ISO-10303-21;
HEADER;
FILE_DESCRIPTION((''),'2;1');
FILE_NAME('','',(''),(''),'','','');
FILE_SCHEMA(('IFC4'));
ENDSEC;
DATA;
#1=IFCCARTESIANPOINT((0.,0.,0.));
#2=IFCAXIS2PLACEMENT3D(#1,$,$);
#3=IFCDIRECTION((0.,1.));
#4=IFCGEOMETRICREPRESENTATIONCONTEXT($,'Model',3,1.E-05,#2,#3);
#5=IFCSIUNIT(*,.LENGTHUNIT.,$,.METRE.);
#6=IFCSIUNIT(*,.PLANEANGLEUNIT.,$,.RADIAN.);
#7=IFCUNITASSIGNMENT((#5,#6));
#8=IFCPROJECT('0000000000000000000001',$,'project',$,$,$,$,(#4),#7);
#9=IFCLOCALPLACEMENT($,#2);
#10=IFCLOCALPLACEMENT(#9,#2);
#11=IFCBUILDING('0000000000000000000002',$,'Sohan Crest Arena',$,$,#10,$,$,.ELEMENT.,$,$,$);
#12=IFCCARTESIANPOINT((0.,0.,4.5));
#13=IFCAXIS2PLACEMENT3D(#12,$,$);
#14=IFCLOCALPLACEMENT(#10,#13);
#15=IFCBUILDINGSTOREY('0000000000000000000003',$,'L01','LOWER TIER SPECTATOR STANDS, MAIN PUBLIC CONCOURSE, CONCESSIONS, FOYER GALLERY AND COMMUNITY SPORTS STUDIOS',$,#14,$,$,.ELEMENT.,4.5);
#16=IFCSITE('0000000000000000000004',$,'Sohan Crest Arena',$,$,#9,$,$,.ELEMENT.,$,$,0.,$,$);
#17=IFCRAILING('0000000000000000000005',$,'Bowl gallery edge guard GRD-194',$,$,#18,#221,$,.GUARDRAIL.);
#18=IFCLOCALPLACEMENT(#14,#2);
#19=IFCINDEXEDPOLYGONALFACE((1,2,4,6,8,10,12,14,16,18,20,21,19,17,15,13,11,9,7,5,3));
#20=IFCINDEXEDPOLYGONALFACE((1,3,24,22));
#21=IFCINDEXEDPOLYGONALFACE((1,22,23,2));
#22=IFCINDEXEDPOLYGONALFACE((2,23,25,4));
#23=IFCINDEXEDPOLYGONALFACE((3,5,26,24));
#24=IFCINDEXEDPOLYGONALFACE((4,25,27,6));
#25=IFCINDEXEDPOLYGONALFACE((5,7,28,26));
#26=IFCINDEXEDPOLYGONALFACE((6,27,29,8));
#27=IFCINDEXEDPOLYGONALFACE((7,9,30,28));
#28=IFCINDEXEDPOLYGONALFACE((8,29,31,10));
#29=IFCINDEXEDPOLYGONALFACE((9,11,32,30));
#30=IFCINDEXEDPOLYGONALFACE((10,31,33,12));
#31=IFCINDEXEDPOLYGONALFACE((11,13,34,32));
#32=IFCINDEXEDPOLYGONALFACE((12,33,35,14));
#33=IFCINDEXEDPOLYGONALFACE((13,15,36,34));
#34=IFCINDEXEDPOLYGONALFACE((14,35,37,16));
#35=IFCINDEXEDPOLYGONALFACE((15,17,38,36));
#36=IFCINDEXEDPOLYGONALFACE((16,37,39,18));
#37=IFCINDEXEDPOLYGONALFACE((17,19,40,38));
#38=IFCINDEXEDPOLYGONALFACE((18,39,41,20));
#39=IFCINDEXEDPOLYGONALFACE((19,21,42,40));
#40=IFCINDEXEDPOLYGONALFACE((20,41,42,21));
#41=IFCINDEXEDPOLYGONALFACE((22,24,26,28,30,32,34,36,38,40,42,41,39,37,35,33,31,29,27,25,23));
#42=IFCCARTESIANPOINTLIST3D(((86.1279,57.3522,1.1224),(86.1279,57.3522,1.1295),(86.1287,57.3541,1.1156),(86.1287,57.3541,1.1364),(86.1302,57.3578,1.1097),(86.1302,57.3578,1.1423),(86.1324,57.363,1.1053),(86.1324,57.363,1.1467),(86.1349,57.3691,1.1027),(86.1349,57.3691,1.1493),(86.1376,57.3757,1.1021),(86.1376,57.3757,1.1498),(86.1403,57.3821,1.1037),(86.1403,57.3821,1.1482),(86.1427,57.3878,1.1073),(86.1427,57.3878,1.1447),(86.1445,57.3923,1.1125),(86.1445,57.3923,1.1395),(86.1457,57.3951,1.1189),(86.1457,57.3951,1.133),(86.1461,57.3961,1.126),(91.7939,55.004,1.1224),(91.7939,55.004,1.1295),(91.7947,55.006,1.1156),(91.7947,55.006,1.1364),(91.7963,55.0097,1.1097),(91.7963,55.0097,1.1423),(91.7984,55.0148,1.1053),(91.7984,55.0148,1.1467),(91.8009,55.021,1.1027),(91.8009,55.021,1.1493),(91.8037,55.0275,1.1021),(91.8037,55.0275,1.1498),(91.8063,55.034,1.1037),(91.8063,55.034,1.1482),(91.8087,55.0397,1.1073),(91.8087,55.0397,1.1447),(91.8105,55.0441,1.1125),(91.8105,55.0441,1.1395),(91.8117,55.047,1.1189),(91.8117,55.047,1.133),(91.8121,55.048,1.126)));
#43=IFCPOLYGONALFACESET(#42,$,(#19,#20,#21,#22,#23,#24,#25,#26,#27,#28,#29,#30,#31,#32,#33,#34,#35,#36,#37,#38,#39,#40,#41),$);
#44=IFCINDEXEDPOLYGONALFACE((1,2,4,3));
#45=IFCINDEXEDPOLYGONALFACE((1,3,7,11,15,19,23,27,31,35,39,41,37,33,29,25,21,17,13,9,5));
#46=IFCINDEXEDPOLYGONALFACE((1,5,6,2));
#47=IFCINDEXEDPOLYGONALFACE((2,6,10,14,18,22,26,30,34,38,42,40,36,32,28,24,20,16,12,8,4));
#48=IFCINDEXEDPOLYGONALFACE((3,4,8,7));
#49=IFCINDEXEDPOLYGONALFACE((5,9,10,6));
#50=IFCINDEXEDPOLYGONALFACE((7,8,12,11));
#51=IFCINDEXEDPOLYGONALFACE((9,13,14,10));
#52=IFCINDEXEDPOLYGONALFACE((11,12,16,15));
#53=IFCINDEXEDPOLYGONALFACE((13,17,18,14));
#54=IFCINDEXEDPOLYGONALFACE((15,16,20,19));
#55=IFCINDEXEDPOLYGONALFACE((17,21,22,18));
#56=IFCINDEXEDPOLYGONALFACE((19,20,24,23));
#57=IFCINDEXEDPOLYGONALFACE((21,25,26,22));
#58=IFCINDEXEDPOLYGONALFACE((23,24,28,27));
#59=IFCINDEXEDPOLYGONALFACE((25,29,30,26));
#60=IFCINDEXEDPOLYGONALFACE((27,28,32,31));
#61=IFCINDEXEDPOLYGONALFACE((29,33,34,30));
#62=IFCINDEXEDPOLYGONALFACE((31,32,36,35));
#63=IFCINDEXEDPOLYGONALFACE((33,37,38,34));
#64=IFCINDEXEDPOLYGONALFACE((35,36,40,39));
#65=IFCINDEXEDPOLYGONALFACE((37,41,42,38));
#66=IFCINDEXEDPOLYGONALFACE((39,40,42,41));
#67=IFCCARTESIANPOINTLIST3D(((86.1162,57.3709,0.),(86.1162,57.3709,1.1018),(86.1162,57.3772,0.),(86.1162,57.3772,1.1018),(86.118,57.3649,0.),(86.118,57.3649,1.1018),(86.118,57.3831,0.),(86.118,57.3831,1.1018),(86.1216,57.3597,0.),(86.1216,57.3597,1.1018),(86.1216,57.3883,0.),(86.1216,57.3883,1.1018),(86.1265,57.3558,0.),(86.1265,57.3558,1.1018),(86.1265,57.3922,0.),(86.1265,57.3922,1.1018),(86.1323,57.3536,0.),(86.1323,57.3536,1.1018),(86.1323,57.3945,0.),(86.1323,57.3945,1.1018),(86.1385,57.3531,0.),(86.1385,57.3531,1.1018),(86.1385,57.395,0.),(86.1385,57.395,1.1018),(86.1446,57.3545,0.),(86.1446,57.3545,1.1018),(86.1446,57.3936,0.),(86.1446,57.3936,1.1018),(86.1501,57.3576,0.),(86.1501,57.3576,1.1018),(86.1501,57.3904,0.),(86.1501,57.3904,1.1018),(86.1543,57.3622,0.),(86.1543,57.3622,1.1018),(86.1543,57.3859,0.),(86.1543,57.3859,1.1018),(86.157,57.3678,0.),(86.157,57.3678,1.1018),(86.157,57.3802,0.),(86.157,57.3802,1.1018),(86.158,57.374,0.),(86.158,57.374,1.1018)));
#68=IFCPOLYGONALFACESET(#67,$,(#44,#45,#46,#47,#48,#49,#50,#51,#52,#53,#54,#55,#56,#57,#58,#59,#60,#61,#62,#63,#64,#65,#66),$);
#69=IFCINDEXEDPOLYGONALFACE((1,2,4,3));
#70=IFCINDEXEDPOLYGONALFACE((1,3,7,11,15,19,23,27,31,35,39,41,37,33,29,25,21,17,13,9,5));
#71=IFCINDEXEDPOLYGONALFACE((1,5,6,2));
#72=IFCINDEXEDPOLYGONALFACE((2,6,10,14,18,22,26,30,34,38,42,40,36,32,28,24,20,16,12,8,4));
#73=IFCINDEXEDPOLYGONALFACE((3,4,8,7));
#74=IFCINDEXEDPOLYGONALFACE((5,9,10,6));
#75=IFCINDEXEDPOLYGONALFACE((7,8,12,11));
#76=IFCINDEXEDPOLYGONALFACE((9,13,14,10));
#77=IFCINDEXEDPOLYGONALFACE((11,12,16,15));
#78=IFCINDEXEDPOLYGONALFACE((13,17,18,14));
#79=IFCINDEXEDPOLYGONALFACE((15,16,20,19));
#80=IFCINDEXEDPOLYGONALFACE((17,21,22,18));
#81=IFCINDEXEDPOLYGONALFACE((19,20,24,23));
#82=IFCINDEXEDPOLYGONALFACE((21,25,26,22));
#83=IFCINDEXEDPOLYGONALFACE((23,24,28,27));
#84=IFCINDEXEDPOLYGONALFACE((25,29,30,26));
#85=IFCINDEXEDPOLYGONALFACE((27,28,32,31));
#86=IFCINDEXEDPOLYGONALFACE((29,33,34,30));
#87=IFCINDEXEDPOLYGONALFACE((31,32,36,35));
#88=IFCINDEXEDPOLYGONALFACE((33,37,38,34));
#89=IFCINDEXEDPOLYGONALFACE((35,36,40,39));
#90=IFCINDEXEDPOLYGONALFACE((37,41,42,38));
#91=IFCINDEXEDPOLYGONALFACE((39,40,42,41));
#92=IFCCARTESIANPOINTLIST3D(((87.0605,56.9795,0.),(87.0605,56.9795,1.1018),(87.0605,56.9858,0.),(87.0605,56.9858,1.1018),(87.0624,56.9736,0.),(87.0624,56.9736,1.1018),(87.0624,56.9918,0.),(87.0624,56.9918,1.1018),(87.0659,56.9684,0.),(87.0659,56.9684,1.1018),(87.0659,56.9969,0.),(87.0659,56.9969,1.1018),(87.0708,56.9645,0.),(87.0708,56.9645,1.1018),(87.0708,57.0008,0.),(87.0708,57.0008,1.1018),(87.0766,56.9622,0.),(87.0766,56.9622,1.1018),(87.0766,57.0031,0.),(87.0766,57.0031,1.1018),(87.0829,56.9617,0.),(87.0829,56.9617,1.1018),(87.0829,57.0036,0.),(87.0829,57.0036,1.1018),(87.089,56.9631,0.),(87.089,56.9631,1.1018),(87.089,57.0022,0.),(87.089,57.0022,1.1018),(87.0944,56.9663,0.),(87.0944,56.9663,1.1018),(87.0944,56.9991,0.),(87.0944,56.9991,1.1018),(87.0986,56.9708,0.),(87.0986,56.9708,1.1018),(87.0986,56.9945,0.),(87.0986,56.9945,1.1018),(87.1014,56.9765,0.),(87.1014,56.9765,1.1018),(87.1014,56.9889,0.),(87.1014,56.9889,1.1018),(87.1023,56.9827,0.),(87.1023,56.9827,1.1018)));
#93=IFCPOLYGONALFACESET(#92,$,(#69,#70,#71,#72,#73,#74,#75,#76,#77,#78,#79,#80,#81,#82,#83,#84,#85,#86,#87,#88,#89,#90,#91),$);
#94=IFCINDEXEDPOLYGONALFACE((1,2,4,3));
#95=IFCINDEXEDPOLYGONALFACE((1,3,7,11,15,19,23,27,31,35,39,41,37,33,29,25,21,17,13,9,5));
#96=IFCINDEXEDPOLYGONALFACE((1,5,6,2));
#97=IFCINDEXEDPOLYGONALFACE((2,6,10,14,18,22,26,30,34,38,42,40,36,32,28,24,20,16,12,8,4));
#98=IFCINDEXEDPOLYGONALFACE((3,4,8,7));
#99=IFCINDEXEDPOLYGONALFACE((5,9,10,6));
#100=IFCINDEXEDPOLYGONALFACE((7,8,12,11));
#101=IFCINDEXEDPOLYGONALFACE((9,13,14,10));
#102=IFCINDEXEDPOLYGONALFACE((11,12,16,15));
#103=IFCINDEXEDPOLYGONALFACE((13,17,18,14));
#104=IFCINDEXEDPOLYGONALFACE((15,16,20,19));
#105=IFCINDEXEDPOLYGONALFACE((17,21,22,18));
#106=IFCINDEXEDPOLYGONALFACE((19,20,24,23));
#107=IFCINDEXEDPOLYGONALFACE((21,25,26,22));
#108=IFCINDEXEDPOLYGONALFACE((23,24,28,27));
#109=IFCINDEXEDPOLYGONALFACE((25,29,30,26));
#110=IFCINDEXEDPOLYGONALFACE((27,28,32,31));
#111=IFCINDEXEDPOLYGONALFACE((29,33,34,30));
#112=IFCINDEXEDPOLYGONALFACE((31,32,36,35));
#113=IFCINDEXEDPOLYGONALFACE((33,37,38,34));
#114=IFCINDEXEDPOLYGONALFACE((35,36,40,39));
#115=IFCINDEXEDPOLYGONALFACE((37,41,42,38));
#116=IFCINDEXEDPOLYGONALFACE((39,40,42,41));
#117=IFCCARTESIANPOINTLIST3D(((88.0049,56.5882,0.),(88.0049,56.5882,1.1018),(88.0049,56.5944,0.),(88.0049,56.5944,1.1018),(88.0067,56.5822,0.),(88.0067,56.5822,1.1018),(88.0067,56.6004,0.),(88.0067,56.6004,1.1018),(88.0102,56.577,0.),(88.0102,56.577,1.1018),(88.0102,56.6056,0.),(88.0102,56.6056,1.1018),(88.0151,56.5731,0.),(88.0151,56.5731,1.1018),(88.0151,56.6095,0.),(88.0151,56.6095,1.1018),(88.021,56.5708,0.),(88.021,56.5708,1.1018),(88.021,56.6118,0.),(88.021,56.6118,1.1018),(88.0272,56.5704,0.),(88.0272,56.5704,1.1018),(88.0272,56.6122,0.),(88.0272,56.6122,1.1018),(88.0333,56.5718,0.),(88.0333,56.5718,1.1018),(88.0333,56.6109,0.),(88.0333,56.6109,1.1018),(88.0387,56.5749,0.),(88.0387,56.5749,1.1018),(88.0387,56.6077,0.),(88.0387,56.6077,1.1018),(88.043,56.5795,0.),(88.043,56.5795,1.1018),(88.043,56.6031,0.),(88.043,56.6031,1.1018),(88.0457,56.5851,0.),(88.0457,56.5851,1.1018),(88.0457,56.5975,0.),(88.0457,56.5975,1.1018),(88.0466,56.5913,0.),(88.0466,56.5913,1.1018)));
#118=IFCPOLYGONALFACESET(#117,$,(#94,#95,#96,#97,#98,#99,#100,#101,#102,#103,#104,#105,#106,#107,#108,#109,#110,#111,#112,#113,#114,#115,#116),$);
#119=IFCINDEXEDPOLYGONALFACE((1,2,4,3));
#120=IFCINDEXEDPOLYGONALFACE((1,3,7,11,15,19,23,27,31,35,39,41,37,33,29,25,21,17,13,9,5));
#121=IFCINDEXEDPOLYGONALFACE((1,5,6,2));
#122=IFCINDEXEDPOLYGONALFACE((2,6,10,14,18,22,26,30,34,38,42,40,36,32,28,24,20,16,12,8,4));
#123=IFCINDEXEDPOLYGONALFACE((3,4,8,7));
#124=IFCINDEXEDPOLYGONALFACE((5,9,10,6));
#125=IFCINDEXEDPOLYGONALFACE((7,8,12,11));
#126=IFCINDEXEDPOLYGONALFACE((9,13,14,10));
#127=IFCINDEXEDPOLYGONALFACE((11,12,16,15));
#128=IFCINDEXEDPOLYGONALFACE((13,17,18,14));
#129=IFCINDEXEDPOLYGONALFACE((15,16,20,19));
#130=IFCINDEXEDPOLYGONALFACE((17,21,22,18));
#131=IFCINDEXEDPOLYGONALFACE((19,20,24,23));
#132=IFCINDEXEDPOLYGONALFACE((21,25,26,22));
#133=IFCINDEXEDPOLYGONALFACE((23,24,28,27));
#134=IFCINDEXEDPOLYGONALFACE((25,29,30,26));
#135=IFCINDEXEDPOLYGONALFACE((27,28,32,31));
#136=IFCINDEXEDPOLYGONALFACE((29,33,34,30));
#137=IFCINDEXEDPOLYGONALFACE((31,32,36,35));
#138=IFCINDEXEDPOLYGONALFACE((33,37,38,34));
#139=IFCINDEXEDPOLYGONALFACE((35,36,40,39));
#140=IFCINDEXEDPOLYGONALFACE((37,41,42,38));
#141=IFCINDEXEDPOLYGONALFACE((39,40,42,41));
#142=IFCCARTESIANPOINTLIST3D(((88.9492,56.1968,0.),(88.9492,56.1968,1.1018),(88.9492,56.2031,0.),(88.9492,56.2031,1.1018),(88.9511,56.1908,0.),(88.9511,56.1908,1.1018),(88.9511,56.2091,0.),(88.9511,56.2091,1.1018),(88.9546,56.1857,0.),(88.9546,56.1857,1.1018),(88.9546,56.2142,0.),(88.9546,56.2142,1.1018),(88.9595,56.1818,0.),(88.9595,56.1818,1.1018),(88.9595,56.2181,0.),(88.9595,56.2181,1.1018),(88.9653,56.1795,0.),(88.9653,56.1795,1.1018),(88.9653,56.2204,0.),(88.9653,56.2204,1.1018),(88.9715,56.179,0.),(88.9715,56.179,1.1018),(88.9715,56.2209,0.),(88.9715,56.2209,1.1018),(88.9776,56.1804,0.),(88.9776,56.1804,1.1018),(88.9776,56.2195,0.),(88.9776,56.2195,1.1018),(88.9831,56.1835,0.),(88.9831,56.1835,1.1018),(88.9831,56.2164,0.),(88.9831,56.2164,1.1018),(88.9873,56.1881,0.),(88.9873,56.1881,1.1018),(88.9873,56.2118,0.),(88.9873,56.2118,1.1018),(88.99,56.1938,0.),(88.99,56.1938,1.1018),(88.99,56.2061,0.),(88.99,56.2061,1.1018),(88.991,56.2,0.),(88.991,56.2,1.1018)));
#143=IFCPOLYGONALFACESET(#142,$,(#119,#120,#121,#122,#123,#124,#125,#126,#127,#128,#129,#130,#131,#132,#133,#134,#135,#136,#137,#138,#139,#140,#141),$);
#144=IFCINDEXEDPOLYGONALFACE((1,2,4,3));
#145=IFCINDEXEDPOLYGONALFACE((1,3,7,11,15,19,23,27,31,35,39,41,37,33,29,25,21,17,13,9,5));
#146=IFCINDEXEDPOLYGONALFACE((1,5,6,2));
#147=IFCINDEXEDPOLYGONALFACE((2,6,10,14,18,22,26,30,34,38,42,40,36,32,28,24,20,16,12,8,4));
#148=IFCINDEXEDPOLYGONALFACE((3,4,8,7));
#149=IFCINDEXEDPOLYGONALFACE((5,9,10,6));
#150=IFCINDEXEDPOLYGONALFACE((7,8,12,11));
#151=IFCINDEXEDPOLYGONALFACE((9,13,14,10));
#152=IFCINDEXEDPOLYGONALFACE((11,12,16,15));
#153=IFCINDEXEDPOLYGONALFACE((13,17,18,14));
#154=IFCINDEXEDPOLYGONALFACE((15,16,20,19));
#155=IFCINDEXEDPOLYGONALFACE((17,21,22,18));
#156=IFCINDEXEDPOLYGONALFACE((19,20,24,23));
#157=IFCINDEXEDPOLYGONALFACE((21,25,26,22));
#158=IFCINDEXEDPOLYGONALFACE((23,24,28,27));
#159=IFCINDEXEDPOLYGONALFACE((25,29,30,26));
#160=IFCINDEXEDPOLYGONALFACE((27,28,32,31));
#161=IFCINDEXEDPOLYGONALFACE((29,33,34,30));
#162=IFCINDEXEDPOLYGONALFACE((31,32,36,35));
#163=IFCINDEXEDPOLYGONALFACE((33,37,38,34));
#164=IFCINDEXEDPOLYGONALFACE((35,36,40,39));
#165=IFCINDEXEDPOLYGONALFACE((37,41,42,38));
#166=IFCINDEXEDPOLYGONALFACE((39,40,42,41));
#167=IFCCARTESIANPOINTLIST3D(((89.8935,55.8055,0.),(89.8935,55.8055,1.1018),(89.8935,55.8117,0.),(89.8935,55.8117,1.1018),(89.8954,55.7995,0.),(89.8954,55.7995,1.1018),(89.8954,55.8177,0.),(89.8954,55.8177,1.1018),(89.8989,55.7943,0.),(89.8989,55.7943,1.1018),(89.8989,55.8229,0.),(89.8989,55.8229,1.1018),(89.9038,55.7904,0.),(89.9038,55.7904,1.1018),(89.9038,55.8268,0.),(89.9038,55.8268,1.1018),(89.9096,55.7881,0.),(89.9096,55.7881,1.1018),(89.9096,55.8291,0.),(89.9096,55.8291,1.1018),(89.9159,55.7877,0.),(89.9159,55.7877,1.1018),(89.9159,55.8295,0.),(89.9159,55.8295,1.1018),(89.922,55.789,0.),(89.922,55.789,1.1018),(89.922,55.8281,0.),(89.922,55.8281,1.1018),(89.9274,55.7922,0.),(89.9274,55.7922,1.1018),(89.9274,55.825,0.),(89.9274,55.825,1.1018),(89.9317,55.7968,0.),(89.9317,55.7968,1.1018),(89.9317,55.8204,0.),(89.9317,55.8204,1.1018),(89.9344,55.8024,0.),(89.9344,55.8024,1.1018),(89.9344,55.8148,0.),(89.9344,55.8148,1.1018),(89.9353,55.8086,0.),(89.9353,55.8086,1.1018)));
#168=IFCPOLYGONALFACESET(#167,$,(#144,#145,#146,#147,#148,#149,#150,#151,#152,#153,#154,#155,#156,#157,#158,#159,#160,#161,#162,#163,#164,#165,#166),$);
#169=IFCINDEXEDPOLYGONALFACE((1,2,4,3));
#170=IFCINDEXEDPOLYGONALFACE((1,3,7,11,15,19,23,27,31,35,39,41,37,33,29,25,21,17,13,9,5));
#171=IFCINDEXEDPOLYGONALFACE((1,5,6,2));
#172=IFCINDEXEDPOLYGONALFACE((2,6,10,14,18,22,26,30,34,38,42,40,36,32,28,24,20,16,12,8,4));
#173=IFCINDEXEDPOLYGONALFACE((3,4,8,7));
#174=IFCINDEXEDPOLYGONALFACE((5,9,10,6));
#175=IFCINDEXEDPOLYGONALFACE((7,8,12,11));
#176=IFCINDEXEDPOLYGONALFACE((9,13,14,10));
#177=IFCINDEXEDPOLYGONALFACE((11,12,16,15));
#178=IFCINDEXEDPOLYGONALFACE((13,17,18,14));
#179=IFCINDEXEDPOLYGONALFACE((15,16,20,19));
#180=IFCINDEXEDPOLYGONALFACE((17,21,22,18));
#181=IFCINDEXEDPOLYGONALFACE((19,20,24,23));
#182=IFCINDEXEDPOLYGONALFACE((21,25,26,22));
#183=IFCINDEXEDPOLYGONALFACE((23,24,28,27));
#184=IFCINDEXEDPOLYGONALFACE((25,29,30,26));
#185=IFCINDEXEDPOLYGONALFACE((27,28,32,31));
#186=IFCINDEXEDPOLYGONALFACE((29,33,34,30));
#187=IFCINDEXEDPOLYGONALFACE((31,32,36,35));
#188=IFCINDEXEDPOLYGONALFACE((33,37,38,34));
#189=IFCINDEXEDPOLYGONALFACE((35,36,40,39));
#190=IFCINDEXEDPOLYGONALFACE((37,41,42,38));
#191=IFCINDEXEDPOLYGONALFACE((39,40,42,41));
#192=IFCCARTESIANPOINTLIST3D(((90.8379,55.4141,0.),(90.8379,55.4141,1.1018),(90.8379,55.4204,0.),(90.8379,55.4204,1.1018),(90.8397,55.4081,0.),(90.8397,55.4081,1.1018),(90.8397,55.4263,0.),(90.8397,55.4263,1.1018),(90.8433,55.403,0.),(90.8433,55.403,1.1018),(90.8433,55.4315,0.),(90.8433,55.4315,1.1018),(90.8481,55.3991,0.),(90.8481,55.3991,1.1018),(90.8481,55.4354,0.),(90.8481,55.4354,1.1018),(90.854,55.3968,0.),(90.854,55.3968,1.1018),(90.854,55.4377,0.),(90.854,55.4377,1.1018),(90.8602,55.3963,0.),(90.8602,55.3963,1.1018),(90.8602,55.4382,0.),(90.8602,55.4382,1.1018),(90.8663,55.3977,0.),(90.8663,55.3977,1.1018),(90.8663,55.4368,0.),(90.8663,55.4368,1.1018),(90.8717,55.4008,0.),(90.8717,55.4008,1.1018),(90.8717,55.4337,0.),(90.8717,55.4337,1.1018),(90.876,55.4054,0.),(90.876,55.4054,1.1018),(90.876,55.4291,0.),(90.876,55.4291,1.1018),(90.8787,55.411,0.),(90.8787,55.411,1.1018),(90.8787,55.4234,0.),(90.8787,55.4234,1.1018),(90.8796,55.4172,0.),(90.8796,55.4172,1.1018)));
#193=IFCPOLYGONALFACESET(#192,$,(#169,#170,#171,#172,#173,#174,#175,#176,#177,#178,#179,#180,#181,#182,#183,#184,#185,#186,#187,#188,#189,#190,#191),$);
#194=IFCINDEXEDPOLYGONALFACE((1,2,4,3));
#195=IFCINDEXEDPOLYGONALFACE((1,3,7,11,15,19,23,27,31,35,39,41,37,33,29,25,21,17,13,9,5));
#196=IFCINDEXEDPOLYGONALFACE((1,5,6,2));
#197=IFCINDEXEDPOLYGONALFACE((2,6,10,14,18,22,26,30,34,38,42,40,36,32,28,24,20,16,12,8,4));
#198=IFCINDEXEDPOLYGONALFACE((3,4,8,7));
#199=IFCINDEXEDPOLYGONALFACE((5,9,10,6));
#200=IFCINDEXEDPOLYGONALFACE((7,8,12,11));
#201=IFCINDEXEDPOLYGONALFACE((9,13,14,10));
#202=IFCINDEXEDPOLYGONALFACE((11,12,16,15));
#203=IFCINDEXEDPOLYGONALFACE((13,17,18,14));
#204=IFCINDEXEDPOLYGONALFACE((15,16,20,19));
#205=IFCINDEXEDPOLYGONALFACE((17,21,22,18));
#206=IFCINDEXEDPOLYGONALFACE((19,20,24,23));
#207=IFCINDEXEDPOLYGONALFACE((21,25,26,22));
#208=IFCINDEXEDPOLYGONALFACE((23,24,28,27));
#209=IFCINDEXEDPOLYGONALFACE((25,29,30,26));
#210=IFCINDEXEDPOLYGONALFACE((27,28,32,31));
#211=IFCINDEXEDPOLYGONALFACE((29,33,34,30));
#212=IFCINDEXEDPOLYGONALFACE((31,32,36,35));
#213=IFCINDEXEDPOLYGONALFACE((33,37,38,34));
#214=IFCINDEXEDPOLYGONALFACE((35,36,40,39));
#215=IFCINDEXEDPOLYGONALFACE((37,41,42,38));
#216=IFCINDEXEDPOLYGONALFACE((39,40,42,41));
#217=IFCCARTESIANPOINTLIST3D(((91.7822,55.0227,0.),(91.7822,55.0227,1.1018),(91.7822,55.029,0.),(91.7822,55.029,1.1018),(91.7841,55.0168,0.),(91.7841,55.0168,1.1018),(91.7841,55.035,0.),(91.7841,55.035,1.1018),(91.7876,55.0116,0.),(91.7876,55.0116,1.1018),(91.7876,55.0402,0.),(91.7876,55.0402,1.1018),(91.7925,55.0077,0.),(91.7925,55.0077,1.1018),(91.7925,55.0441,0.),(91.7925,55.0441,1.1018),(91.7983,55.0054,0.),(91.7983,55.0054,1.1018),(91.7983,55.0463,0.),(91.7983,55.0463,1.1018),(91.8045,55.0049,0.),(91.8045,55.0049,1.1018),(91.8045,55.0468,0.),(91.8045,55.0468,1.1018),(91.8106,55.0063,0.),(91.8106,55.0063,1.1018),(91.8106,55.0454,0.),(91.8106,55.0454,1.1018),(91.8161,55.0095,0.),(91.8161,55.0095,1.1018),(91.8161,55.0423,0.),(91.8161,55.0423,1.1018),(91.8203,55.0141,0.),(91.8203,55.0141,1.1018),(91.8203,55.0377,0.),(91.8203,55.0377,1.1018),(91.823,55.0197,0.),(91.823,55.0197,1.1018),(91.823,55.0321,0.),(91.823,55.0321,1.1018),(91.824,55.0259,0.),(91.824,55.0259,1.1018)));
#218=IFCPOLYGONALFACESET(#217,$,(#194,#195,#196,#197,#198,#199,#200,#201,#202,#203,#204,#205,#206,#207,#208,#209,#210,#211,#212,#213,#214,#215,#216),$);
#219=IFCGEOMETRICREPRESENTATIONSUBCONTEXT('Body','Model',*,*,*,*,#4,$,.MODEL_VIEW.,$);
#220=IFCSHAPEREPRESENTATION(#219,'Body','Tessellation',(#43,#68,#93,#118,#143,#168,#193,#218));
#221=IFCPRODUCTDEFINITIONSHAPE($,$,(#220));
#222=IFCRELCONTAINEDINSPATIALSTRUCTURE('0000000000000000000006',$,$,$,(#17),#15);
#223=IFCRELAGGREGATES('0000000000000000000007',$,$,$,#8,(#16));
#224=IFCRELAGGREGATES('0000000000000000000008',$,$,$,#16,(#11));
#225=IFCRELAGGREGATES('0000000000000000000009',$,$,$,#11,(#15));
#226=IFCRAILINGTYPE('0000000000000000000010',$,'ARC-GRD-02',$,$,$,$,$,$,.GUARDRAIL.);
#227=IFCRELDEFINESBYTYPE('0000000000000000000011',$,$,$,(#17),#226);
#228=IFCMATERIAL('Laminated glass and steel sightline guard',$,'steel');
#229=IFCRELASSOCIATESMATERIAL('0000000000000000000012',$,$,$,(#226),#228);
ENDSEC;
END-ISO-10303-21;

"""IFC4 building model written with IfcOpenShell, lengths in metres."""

from ifc_helpers import new_model, si_unit, direction, frame, origin, origin_2d, place, context, subcontext, project, spatial, circle, extrude, material, type_object, element, save


model = new_model("IFC4")

# Units and contexts
model_context = context("Model", 3, precision=1e-05, world=origin(), true_north=direction((0.0, 1.0)))
body_context = subcontext(model_context, "Body", "Model", "MODEL_VIEW")
ifc_project = project(units=[si_unit("LENGTHUNIT", "METRE"), si_unit("PLANEANGLEUNIT", "RADIAN")], contexts=[model_context])

# Site, building, storey
site_placement = place(None, origin())
site = spatial("IfcSite", under=ifc_project, at=site_placement, Name="Sohan Crest Arena", CompositionType="ELEMENT", RefElevation=0.0)
building_placement = place(site_placement, origin())
building = spatial("IfcBuilding", under=site, at=building_placement, Name="Sohan Crest Arena", CompositionType="ELEMENT")
storey_placement = place(building_placement, frame((0.0, 0.0, 4.5)))
storey = spatial("IfcBuildingStorey", under=building, at=storey_placement, Name="L01", Description="LOWER TIER SPECTATOR STANDS, MAIN PUBLIC CONCOURSE, CONCESSIONS, FOYER GALLERY AND COMMUNITY SPORTS STUDIOS", CompositionType="ELEMENT", Elevation=4.5)

# Railing
ifc_material_1 = material(Name="Laminated glass and steel sightline guard", Category="steel")
railing_type = type_object("IfcRailingType", Name="ARC-GRD-02", PredefinedType="GUARDRAIL", material=ifc_material_1)
railing_1_placement = place(storey_placement, frame((86.137, 57.374, 0.0)))
element("IfcRailing", 1, at=railing_1_placement, inside=storey, type_object=railing_type, Name="Bowl gallery edge guard GRD-194", PredefinedType="GUARDRAIL", context=body_context, shape_type="SweptSolid", body=[
    extrude(circle(Radius=0.0239, at=origin_2d()), frame((0.0, 0.0, 1.126), z_axis=(0.92381, -0.382851, 0.0), x_axis=(0.382851, 0.92381, 0.0)), (0.0, 0.0, 1.0), 6.1333),
    extrude(circle(Radius=0.021, at=origin_2d()), origin(), (0.0, 0.0, 1.0), 1.1018),
    extrude(circle(Radius=0.021, at=origin_2d()), frame((0.9443, -0.3914, 0.0)), (0.0, 0.0, 1.0), 1.1018),
    extrude(circle(Radius=0.021, at=origin_2d()), frame((1.8887, -0.7827, 0.0)), (0.0, 0.0, 1.0), 1.1018),
    extrude(circle(Radius=0.021, at=origin_2d()), frame((2.833, -1.1741, 0.0)), (0.0, 0.0, 1.0), 1.1018),
    extrude(circle(Radius=0.021, at=origin_2d()), frame((3.7773, -1.5654, 0.0)), (0.0, 0.0, 1.0), 1.1018),
    extrude(circle(Radius=0.021, at=origin_2d()), frame((4.7217, -1.9568, 0.0)), (0.0, 0.0, 1.0), 1.1018),
    extrude(circle(Radius=0.021, at=origin_2d()), frame((5.666, -2.3481, 0.0)), (0.0, 0.0, 1.0), 1.1018),
])

save(model, "model.ifc")
